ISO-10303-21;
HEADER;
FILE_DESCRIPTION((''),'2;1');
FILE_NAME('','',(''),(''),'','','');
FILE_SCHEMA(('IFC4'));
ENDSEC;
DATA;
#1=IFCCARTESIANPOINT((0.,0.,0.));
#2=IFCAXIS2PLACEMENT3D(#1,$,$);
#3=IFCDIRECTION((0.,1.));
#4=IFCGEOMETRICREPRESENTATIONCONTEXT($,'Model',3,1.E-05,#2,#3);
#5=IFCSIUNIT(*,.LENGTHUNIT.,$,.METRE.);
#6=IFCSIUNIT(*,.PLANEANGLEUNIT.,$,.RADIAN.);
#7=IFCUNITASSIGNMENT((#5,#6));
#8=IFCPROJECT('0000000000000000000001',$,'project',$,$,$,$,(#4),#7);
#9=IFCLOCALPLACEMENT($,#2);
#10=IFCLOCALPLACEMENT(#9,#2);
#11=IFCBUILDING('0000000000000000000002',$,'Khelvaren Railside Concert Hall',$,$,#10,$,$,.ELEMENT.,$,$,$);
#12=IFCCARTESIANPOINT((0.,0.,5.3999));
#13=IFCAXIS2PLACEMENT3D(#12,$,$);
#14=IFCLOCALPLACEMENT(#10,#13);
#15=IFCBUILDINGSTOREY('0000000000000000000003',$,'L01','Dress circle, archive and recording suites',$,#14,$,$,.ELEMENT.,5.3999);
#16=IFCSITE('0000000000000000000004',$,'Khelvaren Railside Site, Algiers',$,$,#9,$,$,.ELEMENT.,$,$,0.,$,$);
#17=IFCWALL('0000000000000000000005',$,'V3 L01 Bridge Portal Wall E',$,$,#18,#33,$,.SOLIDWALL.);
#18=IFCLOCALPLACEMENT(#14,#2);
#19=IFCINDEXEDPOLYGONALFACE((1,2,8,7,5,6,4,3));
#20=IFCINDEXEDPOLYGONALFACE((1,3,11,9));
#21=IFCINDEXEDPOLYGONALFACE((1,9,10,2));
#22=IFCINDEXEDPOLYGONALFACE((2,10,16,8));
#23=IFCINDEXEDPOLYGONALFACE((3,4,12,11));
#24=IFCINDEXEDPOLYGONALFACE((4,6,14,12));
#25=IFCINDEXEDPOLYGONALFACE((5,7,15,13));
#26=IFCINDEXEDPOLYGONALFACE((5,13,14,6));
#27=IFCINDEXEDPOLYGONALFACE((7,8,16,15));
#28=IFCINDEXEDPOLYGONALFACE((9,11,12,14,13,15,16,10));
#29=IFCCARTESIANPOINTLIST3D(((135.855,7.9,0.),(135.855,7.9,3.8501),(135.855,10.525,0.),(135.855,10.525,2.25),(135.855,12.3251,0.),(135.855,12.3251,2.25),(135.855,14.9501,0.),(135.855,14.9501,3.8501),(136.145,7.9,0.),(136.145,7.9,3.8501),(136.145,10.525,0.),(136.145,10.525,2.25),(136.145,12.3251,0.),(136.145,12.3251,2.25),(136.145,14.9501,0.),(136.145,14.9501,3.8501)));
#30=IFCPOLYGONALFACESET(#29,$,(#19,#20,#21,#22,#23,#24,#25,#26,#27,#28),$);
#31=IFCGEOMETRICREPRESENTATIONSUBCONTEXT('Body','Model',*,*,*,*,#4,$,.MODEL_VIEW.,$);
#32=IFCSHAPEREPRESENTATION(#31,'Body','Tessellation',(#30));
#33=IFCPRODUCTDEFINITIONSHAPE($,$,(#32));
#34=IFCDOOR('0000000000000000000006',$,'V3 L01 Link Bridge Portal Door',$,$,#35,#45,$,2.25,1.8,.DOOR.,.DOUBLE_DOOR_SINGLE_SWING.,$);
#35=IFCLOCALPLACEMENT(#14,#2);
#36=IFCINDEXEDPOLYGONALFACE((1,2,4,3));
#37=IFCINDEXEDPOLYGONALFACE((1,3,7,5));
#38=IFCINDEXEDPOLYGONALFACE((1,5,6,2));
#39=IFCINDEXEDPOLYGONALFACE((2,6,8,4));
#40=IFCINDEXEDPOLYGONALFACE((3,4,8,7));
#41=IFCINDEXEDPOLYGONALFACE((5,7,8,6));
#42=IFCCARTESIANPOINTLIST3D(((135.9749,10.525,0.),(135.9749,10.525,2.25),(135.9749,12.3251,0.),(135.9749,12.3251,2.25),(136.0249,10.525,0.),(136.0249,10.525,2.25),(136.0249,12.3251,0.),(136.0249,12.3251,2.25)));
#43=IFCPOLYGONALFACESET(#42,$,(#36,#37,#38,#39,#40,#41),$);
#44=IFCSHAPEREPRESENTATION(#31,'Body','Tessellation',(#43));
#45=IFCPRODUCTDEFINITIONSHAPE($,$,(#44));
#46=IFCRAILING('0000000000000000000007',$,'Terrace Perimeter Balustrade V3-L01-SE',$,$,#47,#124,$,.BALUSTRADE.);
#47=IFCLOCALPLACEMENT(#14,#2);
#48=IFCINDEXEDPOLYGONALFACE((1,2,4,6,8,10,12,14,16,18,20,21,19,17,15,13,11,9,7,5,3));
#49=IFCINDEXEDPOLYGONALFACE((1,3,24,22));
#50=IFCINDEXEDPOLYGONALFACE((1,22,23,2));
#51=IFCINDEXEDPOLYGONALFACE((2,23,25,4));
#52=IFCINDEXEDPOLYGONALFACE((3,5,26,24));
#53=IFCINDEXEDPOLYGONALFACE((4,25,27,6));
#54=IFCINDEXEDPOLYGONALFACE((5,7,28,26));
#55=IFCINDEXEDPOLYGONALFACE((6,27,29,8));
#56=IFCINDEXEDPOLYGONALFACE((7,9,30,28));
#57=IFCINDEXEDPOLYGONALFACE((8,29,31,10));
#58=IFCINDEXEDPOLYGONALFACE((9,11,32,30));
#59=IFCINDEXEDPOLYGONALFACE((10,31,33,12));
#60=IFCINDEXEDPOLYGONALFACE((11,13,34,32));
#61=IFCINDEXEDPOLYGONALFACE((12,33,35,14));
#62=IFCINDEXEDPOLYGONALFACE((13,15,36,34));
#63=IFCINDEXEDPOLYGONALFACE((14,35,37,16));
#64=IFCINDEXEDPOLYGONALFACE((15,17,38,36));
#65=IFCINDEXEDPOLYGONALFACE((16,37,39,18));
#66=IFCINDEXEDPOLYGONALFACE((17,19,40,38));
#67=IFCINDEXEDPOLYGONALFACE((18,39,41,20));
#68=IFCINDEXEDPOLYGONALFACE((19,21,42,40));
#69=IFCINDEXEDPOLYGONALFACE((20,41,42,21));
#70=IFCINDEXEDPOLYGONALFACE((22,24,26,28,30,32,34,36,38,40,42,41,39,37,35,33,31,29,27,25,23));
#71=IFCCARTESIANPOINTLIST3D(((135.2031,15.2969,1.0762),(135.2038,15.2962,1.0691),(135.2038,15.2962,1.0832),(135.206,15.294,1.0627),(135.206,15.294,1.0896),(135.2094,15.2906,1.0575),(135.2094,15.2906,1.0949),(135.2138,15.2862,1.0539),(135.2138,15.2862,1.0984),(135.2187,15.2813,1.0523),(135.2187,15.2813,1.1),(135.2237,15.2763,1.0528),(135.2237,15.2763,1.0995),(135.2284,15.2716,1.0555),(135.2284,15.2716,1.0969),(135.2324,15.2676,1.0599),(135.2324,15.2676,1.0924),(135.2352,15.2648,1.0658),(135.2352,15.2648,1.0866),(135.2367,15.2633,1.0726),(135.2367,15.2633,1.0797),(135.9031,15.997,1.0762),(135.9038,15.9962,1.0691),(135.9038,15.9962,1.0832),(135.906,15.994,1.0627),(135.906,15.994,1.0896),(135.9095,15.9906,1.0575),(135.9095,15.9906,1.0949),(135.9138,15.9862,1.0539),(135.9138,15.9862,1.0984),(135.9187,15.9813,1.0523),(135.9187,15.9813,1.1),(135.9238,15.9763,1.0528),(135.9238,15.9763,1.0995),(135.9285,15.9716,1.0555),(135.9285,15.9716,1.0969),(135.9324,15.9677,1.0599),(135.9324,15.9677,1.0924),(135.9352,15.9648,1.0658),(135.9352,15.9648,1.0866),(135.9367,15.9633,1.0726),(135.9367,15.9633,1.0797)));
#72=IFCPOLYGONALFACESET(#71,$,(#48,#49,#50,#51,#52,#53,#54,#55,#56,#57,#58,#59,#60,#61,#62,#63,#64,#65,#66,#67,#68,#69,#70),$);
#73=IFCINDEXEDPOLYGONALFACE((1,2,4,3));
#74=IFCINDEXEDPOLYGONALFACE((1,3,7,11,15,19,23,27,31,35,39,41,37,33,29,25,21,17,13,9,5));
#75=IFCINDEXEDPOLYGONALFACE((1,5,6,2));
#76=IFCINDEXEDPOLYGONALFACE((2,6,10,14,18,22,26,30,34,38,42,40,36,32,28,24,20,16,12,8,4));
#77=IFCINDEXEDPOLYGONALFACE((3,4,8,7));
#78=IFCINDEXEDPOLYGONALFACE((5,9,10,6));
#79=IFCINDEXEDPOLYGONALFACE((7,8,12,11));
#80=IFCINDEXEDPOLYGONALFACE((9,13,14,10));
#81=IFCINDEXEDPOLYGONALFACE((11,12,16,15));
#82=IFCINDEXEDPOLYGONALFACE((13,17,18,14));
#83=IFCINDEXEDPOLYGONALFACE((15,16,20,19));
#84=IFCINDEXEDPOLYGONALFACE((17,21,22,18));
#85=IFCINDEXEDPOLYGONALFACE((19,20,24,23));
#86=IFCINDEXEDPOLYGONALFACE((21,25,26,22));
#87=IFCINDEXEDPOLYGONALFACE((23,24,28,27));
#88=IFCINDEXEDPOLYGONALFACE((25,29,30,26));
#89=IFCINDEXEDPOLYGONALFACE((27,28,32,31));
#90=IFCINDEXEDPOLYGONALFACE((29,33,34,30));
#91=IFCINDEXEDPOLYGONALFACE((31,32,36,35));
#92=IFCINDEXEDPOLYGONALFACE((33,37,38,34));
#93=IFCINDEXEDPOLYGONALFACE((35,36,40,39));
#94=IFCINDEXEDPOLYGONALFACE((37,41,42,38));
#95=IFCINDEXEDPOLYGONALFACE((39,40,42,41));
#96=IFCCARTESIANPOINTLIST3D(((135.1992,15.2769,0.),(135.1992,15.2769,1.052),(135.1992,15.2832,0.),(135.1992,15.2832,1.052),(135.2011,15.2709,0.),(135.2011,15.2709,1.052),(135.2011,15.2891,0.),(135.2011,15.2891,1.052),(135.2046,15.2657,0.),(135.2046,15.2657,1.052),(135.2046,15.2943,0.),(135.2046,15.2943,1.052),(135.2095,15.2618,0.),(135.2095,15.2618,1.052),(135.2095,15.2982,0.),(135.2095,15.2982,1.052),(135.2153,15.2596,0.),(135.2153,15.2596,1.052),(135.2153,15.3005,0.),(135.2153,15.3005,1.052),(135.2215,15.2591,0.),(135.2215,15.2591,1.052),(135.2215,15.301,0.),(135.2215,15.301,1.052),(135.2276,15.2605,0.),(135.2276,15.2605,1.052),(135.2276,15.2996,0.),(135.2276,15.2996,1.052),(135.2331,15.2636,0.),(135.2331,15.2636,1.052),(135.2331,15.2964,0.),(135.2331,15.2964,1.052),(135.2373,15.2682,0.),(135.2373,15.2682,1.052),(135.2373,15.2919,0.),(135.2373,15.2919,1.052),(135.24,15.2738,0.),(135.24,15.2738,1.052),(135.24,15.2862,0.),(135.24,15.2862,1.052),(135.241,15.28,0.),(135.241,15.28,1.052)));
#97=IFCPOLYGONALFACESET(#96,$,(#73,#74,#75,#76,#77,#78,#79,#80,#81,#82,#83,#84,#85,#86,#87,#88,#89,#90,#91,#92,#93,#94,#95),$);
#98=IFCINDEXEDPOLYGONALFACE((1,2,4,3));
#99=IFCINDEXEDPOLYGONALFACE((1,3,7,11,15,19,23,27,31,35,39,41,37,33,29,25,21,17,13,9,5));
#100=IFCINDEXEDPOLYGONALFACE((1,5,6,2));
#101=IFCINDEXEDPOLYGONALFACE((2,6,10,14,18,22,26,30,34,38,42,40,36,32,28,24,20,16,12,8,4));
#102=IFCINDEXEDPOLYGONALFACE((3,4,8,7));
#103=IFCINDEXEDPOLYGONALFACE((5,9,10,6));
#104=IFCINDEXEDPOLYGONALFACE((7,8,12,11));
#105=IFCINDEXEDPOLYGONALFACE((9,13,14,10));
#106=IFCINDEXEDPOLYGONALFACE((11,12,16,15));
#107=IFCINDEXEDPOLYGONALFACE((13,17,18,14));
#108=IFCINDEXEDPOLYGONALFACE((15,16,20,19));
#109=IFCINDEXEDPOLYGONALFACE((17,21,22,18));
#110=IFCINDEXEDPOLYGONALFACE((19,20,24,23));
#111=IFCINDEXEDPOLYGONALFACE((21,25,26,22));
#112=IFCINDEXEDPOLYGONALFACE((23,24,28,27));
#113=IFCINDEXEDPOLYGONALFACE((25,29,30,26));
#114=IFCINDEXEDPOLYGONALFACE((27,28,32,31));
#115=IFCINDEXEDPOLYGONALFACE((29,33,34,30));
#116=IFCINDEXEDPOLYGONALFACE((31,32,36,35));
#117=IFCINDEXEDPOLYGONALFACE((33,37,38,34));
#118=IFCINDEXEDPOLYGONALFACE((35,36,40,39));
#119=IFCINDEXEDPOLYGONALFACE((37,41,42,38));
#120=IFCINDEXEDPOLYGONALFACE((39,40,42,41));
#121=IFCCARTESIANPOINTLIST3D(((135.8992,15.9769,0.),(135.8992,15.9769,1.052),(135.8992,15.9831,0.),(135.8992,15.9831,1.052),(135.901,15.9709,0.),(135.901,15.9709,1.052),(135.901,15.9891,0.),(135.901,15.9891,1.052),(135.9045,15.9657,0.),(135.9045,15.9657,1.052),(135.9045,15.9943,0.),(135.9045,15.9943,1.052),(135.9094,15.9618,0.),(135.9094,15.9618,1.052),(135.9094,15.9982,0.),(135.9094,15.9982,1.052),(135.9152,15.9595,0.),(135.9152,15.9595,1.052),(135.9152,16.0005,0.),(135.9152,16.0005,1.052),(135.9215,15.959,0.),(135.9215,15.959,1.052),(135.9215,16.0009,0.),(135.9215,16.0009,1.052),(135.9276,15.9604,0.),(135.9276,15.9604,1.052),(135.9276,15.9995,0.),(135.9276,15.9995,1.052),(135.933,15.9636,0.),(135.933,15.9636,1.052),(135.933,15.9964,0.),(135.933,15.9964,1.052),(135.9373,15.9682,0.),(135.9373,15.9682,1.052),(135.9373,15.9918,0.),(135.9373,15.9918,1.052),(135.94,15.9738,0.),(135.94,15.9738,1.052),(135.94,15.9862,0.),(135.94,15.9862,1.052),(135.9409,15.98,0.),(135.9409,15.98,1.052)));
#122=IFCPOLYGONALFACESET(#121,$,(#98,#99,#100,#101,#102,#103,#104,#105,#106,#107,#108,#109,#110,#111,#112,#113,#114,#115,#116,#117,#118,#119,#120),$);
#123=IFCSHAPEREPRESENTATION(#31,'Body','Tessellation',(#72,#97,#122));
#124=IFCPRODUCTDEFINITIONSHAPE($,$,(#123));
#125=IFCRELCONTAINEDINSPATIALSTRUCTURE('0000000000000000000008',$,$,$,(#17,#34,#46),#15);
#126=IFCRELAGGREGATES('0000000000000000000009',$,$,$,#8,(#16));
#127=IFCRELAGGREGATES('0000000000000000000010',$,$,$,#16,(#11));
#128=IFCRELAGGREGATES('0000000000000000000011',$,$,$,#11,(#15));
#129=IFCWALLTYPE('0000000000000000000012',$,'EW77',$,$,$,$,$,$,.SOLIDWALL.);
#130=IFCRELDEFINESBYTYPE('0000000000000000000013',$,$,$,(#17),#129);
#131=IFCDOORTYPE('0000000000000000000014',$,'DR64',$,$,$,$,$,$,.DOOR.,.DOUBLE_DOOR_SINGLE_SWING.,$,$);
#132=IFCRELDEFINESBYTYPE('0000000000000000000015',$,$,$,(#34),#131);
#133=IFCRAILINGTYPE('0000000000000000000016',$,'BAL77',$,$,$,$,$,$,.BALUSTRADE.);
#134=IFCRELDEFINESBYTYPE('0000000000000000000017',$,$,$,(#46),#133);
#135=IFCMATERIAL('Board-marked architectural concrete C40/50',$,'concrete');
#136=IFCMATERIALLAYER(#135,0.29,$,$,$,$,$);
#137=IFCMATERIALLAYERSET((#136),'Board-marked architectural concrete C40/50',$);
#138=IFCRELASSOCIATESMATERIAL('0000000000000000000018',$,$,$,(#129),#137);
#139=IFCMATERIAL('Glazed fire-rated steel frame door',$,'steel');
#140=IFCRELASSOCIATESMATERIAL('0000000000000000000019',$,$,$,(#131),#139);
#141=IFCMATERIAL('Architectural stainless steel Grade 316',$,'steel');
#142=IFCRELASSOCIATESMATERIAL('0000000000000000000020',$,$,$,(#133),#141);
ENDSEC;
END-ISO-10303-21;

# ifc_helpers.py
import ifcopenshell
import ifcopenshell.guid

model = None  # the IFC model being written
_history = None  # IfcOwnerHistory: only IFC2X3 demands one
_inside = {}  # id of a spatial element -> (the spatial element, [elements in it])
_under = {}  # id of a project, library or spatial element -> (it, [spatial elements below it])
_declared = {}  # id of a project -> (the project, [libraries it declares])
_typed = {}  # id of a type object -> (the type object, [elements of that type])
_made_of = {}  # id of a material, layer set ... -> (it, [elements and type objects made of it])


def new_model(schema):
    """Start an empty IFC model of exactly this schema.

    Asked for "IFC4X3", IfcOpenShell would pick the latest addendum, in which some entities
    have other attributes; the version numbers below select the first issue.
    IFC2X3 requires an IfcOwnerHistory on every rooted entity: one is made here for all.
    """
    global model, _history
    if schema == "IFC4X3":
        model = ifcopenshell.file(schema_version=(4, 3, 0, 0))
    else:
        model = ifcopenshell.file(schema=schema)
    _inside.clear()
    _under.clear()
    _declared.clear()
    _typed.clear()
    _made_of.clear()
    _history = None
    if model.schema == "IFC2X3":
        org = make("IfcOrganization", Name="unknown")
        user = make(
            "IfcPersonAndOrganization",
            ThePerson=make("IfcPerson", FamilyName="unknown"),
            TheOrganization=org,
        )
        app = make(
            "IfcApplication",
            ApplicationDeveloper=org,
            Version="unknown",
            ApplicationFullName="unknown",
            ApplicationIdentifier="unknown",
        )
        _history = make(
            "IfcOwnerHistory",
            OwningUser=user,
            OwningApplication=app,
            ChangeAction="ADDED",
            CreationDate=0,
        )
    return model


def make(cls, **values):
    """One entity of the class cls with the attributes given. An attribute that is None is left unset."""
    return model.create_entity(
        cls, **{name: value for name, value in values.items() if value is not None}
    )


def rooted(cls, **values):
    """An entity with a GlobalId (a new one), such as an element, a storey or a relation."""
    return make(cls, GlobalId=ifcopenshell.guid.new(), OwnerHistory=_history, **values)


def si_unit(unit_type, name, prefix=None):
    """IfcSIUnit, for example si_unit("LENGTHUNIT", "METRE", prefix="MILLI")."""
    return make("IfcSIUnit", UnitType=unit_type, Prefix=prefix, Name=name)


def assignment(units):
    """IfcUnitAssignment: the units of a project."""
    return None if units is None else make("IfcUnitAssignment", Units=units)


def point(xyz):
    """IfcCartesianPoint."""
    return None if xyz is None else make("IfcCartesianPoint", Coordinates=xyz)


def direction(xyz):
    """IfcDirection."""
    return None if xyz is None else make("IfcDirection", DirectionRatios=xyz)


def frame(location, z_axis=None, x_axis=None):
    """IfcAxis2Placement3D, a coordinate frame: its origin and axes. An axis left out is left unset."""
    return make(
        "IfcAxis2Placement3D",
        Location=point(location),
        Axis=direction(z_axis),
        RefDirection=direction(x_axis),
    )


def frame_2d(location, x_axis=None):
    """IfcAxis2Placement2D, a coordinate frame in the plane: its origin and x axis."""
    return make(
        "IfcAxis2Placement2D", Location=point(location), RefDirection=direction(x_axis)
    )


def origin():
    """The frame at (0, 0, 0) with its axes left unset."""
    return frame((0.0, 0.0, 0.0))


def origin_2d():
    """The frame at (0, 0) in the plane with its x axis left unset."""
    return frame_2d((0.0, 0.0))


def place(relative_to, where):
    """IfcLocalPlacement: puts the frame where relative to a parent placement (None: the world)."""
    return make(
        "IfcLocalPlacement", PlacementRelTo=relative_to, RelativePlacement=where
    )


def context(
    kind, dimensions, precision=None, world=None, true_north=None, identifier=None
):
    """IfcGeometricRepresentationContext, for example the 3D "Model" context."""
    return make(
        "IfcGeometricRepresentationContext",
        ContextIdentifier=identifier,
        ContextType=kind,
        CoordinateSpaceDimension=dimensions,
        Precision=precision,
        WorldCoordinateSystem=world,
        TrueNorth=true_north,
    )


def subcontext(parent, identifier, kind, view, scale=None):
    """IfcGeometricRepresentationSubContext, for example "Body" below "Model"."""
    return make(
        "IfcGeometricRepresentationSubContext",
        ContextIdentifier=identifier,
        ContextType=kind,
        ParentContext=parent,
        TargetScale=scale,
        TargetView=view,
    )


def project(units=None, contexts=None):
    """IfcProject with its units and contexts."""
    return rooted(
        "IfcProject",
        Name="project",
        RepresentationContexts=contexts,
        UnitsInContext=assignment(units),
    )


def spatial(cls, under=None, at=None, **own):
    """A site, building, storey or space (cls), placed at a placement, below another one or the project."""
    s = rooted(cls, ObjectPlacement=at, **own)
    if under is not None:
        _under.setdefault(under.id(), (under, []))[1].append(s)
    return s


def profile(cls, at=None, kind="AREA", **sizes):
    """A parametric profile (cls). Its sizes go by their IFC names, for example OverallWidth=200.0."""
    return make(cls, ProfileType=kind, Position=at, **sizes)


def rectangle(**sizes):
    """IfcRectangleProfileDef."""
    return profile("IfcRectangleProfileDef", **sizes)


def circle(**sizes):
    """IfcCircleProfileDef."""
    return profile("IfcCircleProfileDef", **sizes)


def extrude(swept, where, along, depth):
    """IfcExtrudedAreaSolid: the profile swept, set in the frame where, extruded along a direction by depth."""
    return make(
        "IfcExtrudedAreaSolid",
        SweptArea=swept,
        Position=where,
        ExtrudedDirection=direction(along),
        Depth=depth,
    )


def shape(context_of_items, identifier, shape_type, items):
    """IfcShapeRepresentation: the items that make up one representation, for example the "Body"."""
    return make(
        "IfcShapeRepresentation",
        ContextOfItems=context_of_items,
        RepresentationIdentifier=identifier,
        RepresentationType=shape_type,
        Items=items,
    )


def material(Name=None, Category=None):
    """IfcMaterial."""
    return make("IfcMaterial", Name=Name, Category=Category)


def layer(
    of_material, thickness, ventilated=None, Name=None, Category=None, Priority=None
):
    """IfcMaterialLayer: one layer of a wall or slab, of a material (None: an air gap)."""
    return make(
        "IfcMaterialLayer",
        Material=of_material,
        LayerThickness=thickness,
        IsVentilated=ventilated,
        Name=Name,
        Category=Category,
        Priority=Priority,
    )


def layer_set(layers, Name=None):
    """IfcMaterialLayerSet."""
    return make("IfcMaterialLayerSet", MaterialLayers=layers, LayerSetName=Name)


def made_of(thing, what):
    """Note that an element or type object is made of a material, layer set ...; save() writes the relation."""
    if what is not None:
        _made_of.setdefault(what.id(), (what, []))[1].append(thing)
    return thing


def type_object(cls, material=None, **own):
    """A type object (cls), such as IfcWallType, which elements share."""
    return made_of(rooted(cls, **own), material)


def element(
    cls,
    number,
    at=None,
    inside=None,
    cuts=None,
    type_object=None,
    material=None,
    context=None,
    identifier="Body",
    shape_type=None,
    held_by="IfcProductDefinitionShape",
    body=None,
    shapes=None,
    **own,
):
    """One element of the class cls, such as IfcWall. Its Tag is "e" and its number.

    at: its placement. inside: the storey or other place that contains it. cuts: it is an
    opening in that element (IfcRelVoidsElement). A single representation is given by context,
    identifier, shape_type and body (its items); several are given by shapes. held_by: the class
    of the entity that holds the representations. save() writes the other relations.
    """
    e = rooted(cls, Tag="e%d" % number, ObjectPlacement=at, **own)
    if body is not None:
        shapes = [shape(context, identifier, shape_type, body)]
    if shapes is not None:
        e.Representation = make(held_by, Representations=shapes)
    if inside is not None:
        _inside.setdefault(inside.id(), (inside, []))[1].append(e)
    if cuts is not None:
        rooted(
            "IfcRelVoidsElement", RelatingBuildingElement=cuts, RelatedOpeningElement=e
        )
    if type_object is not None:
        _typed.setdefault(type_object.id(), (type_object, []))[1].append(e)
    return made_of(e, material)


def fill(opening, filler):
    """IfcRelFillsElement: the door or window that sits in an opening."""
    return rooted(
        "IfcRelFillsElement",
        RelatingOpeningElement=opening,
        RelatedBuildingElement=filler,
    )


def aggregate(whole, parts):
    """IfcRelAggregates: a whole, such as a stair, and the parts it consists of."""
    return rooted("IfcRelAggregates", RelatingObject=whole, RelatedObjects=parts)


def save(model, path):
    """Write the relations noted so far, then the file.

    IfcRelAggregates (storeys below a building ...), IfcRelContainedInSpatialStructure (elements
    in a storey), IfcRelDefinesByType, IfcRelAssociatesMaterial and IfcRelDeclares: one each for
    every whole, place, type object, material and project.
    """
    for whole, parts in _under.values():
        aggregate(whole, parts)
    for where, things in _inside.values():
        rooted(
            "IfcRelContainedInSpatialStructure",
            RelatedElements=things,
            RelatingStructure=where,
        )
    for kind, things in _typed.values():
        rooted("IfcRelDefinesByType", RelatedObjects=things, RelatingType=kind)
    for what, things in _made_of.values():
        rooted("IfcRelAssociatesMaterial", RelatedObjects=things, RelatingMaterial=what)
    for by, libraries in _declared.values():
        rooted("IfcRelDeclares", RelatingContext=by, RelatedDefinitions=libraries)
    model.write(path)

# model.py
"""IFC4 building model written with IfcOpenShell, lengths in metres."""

from ifc_helpers import new_model, si_unit, direction, frame, frame_2d, origin, origin_2d, place, context, subcontext, project, spatial, rectangle, circle, extrude, material, layer, layer_set, type_object, element, fill, save


model = new_model("IFC4")

# Units and contexts
model_context = context("Model", 3, precision=1e-05, world=origin(), true_north=direction((0.0, 1.0)))
body_context = subcontext(model_context, "Body", "Model", "MODEL_VIEW")
ifc_project = project(units=[si_unit("LENGTHUNIT", "METRE"), si_unit("PLANEANGLEUNIT", "RADIAN")], contexts=[model_context])

# Site, building, storey
site_placement = place(None, origin())
site = spatial("IfcSite", under=ifc_project, at=site_placement, Name="Khelvaren Railside Site, Algiers", CompositionType="ELEMENT", RefElevation=0.0)
building_placement = place(site_placement, origin())
building = spatial("IfcBuilding", under=site, at=building_placement, Name="Khelvaren Railside Concert Hall", CompositionType="ELEMENT")
storey_placement = place(building_placement, frame((0.0, 0.0, 5.3999)))
storey = spatial("IfcBuildingStorey", under=building, at=storey_placement, Name="L01", Description="Dress circle, archive and recording suites", CompositionType="ELEMENT", Elevation=5.3999)

# Wall, opening, door
ifc_material_1 = material(Name="Board-marked architectural concrete C40/50", Category="concrete")
ifc_layer_1 = layer(ifc_material_1, 0.29)
ifc_layer_set_1 = layer_set([ifc_layer_1], Name="Board-marked architectural concrete C40/50")
wall_type = type_object("IfcWallType", Name="EW77", PredefinedType="SOLIDWALL", material=ifc_layer_set_1)
wall_placement = place(storey_placement, frame((136.0, 14.95, 0.0), z_axis=(0.0, 0.0, 1.0), x_axis=(0.0, -1.0, 0.0)))
wall = element("IfcWall", 1, at=wall_placement, inside=storey, type_object=wall_type, Name="V3 L01 Bridge Portal Wall E", PredefinedType="SOLIDWALL", context=body_context, shape_type="SweptSolid", body=[
    extrude(rectangle(XDim=7.05, YDim=0.29, at=frame_2d((3.5249, 0.0))), origin(), (0.0, 0.0, 1.0), 3.8501),
])
opening_placement = place(wall_placement, frame((2.625, 0.0, 0.0)))
opening = element("IfcOpeningElement", 2, at=opening_placement, cuts=wall, PredefinedType="OPENING", context=body_context, shape_type="SweptSolid", body=[
    extrude(rectangle(XDim=1.8, YDim=2.25, at=frame_2d((0.8999, 1.125))), frame((0.0, 0.155, 0.0), z_axis=(0.0, -1.0, 0.0), x_axis=(1.0, 0.0, 0.0)), (0.0, 0.0, 1.0), 0.3101),
])
ifc_material_2 = material(Name="Glazed fire-rated steel frame door", Category="steel")
door_type = type_object("IfcDoorType", Name="DR64", OperationType="DOUBLE_DOOR_SINGLE_SWING", PredefinedType="DOOR", material=ifc_material_2)
door_placement = place(opening_placement, origin())
door = element("IfcDoor", 3, at=door_placement, inside=storey, type_object=door_type, Name="V3 L01 Link Bridge Portal Door", OperationType="DOUBLE_DOOR_SINGLE_SWING", OverallHeight=2.25, OverallWidth=1.8, PredefinedType="DOOR", context=body_context, shape_type="SweptSolid", body=[
    extrude(rectangle(XDim=1.8, YDim=2.25, at=frame_2d((0.8999, 1.125))), frame((0.0, 0.0249, 0.0), z_axis=(0.0, -1.0, 0.0), x_axis=(1.0, 0.0, 0.0)), (0.0, 0.0, 1.0), 0.05),
])
fill(opening, door)

# Railing
ifc_material_3 = material(Name="Architectural stainless steel Grade 316", Category="steel")
railing_type = type_object("IfcRailingType", Name="BAL77", PredefinedType="BALUSTRADE", material=ifc_material_3)
railing_1_placement = place(storey_placement, frame((135.22, 15.28, 0.0)))
element("IfcRailing", 4, at=railing_1_placement, inside=storey, type_object=railing_type, Name="Terrace Perimeter Balustrade V3-L01-SE", PredefinedType="BALUSTRADE", context=body_context, shape_type="SweptSolid", body=[
    extrude(circle(Radius=0.0239, at=origin_2d()), frame((0.0, 0.0, 1.0762), z_axis=(0.707107, 0.707107, 0.0), x_axis=(-0.707107, 0.707107, 0.0)), (0.0, 0.0, 1.0), 0.99),
    extrude(circle(Radius=0.021, at=origin_2d()), origin(), (0.0, 0.0, 1.0), 1.052),
    extrude(circle(Radius=0.021, at=origin_2d()), frame((0.7, 0.7, 0.0)), (0.0, 0.0, 1.0), 1.052),
])

save(model, "model.ifc")
